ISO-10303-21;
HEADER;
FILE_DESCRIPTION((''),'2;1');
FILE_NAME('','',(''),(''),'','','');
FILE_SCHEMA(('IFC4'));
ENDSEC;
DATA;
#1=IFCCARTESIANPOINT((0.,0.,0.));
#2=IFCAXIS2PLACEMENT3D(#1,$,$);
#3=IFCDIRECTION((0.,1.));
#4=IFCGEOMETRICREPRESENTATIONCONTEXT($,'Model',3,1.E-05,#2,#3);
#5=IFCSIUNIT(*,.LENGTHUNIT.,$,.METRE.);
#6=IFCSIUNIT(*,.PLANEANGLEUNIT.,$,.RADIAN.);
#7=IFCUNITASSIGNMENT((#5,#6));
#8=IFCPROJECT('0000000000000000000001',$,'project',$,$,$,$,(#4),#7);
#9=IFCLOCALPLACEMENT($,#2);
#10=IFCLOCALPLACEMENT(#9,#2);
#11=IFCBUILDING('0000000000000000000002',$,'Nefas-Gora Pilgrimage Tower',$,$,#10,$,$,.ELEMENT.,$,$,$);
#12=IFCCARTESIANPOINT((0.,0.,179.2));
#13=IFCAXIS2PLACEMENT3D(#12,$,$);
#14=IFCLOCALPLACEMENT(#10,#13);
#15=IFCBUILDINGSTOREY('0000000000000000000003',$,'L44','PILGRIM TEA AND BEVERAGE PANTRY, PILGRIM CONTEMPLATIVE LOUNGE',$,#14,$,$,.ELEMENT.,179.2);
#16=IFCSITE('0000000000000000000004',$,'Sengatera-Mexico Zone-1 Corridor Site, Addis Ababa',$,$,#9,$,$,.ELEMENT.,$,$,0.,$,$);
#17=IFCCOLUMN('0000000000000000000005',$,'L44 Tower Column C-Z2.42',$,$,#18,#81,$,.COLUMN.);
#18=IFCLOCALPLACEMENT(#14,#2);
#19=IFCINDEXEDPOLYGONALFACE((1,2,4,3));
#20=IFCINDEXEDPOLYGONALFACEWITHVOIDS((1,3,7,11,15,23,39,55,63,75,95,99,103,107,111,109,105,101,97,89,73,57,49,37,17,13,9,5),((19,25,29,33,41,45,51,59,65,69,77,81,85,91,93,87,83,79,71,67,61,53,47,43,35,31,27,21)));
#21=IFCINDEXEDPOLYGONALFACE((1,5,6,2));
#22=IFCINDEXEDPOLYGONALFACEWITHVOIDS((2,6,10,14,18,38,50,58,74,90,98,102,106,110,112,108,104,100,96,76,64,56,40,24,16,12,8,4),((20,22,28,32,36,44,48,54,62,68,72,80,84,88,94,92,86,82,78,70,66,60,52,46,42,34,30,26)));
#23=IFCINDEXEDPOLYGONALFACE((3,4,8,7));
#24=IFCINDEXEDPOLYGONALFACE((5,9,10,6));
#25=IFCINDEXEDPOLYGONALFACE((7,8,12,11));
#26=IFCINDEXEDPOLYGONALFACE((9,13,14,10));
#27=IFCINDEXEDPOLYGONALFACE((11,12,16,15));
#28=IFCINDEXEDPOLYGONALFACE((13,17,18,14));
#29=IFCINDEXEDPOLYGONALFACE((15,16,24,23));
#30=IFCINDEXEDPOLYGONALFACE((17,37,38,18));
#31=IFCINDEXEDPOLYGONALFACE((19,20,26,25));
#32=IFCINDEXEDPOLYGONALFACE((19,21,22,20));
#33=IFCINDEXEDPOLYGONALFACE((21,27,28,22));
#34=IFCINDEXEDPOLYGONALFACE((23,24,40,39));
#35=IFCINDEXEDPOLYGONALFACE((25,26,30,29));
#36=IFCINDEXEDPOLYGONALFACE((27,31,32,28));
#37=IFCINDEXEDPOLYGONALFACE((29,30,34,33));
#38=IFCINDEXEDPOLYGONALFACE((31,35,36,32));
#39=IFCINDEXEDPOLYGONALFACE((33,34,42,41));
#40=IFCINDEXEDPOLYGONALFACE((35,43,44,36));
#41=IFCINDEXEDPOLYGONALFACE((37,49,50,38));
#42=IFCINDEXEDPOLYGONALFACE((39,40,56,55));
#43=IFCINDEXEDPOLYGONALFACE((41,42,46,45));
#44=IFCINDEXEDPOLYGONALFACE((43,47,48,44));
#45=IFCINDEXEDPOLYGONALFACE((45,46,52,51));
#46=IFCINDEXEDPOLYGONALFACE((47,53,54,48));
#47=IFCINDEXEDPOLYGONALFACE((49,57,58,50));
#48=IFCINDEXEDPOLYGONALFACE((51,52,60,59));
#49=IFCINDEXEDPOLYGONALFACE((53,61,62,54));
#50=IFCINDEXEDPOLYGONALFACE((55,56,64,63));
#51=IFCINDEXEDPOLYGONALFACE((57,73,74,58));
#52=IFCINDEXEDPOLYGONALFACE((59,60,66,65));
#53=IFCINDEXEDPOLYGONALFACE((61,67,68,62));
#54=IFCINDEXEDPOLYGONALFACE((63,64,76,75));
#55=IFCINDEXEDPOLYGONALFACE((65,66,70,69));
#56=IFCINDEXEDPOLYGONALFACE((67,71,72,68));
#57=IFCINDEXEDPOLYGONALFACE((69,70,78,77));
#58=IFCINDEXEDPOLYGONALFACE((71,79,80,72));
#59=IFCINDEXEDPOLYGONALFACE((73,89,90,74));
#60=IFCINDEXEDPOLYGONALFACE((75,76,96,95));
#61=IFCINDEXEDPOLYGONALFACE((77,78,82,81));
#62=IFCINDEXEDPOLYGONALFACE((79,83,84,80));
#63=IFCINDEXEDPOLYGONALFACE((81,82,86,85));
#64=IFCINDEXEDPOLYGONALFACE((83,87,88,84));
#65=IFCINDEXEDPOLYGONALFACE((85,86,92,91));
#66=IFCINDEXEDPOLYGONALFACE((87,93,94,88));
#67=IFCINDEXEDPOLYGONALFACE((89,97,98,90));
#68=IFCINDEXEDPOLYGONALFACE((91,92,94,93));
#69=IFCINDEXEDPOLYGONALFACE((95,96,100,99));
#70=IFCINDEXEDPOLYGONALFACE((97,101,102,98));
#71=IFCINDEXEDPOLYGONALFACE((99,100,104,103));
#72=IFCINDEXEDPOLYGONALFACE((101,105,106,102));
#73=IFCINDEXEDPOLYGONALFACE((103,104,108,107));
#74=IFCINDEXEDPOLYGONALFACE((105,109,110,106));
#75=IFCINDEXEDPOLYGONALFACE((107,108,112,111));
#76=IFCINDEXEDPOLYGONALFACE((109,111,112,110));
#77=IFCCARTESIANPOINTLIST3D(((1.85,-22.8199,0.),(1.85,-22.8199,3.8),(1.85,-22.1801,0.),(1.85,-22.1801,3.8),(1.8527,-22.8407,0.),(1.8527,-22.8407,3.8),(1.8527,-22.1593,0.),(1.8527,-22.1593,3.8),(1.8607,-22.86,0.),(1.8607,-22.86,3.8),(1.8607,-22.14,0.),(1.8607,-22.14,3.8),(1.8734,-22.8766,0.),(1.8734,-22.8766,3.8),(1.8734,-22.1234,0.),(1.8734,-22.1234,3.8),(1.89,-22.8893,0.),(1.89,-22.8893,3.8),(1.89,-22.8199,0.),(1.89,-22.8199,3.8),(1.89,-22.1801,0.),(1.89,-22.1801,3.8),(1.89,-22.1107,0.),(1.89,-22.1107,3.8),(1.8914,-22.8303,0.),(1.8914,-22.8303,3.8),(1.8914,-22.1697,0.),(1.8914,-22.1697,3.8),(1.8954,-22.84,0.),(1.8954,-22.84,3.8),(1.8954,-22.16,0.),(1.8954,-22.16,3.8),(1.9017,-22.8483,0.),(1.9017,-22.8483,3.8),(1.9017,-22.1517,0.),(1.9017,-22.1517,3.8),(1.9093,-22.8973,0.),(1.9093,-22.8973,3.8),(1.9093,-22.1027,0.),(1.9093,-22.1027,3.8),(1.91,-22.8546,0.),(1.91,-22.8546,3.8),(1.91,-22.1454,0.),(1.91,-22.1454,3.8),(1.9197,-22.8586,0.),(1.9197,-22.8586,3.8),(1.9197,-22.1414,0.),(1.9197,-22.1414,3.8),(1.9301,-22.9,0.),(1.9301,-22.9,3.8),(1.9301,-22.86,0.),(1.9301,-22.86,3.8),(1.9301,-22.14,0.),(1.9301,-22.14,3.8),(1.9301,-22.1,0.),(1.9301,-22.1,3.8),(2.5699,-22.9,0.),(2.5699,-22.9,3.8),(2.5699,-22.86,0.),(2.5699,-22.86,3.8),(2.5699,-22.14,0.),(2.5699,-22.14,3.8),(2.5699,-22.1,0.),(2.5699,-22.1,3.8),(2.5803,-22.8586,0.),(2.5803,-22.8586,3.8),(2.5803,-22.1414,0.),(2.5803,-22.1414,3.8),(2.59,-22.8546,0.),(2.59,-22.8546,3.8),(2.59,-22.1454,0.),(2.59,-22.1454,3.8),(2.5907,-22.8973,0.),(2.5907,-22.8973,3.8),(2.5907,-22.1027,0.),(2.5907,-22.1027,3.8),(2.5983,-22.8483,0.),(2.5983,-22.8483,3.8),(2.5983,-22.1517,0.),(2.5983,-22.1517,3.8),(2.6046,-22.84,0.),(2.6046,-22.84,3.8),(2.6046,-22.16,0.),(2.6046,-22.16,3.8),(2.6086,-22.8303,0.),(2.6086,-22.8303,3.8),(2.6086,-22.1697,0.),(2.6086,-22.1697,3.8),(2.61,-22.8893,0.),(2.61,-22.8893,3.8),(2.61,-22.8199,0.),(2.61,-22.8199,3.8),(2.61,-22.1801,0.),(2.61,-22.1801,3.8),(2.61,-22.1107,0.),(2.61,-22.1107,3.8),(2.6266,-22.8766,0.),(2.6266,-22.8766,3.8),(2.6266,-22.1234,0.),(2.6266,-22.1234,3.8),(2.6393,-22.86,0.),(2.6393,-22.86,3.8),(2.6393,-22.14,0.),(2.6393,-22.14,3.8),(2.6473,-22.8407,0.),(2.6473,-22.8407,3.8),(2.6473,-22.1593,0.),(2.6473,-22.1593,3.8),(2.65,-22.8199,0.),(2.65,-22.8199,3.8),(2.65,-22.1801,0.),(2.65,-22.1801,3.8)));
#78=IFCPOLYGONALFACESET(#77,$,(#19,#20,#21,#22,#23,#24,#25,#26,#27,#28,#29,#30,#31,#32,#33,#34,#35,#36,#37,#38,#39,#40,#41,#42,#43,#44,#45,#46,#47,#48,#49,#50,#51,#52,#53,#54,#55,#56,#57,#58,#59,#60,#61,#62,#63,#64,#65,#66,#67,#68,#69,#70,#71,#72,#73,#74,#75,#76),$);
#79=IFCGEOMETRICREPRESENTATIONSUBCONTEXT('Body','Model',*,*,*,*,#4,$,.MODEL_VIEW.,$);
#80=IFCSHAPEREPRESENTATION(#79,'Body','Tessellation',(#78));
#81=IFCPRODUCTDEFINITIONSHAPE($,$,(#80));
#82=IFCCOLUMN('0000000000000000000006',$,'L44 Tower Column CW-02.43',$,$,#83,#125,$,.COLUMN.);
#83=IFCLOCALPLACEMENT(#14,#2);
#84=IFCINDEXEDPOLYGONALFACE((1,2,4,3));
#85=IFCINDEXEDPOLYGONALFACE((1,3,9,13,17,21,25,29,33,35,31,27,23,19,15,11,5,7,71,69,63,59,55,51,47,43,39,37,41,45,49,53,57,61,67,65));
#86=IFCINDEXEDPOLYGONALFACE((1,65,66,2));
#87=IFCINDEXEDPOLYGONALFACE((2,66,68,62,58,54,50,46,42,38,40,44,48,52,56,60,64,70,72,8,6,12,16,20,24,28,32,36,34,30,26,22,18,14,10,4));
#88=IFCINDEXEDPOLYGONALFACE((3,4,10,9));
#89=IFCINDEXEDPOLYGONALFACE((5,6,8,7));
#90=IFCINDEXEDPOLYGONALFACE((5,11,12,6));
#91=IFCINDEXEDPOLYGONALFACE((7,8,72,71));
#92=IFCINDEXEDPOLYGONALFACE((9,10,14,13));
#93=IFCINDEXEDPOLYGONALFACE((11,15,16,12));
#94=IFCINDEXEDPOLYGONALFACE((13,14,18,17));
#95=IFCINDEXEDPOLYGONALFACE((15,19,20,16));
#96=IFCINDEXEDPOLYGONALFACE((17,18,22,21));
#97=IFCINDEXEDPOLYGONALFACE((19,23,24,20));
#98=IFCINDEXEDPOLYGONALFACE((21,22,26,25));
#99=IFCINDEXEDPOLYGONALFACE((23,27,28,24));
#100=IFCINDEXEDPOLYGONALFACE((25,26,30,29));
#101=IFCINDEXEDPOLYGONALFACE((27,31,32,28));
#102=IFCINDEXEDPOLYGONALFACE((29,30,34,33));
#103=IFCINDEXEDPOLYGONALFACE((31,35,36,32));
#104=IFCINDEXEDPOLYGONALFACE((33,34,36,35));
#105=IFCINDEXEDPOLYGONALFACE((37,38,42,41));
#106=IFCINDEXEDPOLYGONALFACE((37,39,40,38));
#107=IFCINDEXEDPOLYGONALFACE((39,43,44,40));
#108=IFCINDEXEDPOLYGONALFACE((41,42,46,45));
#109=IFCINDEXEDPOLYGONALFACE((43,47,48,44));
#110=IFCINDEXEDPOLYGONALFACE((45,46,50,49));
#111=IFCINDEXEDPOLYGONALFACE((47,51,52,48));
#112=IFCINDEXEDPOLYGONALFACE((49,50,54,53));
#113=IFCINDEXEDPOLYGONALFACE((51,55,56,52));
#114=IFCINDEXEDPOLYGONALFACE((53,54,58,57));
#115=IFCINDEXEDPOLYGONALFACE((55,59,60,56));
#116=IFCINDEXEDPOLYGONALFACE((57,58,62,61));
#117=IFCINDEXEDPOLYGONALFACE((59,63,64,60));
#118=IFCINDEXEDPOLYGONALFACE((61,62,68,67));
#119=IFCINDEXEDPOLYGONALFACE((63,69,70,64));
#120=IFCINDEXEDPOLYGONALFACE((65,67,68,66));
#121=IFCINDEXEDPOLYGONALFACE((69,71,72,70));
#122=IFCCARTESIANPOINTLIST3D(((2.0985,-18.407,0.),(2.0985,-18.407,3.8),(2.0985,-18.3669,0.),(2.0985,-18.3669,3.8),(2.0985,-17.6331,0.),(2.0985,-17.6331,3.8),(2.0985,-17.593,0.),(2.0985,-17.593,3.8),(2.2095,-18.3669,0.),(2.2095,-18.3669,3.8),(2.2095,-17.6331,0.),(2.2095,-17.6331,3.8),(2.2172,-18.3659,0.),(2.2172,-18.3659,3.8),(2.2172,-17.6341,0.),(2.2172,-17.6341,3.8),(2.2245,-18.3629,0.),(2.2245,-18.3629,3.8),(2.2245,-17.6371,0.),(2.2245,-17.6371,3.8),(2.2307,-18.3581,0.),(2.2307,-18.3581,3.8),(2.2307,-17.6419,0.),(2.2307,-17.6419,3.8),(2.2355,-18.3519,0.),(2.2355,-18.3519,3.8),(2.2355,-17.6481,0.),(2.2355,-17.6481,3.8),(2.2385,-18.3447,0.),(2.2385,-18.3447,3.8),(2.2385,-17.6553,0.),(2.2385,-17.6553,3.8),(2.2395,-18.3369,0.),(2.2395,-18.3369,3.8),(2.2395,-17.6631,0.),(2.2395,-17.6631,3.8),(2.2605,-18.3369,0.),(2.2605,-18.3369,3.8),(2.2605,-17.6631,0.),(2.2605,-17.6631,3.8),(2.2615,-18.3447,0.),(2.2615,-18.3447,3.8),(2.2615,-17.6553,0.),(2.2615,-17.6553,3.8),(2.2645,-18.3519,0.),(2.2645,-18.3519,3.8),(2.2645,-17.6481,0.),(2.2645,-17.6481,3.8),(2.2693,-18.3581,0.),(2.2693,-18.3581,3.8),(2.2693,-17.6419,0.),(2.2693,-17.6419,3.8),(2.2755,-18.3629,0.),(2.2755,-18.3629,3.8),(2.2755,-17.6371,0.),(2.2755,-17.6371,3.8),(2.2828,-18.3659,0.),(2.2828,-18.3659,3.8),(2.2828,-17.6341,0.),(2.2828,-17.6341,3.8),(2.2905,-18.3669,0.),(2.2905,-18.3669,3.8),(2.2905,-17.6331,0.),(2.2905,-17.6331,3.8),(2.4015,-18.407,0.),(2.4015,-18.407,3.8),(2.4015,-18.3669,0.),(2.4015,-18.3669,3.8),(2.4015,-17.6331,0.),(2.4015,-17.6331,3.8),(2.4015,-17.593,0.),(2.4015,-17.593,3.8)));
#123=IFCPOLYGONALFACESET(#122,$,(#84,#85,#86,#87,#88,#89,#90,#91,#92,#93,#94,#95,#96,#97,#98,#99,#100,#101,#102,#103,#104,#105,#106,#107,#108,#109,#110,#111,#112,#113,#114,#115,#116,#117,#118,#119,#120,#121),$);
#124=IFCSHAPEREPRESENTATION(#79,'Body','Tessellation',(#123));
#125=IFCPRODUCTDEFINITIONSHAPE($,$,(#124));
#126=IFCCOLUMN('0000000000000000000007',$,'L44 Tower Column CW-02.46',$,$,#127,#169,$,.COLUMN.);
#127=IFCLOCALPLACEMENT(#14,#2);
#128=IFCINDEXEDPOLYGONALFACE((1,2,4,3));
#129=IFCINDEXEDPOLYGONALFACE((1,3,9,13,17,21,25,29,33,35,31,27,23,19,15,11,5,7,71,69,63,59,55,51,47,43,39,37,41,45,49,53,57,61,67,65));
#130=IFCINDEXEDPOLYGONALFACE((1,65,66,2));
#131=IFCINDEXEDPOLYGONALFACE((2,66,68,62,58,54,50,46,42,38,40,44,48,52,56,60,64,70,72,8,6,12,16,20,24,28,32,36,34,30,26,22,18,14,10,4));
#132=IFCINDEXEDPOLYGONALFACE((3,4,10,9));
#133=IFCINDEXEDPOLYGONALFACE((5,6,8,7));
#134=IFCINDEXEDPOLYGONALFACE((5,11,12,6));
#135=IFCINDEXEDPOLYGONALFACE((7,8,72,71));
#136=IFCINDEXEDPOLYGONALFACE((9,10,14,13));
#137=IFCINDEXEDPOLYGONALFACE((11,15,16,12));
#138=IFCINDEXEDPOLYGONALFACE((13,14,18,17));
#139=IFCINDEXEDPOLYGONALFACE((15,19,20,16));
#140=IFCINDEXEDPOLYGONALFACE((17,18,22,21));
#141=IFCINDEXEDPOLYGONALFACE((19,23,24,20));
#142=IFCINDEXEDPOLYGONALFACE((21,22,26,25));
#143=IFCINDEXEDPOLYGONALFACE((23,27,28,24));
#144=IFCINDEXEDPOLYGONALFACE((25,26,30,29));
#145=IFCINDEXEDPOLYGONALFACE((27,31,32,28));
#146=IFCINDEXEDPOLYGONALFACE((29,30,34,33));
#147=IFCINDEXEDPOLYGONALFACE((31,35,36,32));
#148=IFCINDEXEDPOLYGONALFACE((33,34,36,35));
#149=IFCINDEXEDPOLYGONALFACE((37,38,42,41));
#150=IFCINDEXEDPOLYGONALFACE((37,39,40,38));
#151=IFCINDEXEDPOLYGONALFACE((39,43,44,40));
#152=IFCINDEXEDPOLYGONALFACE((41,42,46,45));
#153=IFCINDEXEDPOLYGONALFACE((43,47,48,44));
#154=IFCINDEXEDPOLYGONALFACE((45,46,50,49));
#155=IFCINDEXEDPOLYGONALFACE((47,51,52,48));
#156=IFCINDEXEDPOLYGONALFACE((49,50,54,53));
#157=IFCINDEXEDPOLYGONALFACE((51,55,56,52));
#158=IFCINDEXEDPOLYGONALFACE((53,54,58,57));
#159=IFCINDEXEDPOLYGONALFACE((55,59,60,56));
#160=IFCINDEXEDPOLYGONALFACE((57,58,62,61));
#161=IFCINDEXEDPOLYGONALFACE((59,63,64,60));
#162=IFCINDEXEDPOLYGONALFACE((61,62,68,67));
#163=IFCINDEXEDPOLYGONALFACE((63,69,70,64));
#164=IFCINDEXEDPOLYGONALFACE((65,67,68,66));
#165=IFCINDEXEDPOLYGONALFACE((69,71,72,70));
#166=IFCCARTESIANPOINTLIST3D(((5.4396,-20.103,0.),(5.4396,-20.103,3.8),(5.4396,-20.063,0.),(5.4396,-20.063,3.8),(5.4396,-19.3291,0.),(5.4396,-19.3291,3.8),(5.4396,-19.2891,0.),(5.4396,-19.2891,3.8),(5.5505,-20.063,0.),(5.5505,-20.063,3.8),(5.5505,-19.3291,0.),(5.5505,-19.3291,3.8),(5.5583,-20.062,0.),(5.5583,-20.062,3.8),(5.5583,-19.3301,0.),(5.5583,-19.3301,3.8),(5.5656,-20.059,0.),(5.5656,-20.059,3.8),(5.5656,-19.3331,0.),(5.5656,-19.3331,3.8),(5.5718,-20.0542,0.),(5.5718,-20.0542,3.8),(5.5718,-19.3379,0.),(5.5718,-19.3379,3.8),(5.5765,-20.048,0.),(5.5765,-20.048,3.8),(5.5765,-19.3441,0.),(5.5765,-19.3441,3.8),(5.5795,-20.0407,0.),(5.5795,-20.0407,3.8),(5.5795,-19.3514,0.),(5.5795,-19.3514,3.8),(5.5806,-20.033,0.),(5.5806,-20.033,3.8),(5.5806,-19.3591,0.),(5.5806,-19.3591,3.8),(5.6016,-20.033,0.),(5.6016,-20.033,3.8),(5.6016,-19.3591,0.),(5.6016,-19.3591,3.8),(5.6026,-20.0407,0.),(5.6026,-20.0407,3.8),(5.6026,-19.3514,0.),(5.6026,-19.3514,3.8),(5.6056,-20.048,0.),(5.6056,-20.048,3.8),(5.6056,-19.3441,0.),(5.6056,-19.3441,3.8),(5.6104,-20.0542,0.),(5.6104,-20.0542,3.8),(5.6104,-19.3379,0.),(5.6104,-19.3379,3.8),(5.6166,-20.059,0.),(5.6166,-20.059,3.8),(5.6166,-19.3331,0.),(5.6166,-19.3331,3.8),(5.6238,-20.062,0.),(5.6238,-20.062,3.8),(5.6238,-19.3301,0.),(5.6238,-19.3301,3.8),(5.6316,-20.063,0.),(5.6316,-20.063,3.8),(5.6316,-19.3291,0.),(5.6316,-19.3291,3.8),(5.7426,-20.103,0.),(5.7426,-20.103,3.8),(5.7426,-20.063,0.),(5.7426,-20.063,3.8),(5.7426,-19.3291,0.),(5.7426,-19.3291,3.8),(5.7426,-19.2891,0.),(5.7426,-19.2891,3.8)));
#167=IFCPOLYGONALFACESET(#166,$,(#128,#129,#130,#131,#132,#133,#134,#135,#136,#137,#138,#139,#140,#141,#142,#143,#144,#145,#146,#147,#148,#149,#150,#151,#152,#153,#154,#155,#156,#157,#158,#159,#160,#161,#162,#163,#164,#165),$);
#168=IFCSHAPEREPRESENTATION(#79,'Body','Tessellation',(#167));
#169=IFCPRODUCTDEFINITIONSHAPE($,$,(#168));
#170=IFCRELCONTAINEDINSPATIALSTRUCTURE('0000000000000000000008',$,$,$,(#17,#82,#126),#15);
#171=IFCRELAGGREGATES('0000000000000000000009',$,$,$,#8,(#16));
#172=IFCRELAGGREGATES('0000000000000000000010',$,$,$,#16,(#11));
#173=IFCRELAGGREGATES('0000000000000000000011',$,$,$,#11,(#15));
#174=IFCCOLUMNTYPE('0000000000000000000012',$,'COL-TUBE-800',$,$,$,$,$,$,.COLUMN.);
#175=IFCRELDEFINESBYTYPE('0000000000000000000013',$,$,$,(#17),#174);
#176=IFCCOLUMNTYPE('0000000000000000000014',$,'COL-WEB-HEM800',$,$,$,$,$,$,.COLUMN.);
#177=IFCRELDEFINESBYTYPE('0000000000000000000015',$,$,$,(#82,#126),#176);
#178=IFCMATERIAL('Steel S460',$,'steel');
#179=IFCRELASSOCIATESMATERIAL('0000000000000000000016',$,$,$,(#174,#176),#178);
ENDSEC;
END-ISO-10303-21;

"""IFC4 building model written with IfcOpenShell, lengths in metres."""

from ifc_helpers import new_model, si_unit, direction, frame, origin, origin_2d, place, context, subcontext, project, spatial, hollow_rectangle, i_section, extrude, source, transform, mapped, material, material_profile, profile_set, type_object, element, save


model = new_model("IFC4")

# Units and contexts
model_context = context("Model", 3, precision=1e-05, world=origin(), true_north=direction((0.0, 1.0)))
body_context = subcontext(model_context, "Body", "Model", "MODEL_VIEW")
ifc_project = project(units=[si_unit("LENGTHUNIT", "METRE"), si_unit("PLANEANGLEUNIT", "RADIAN")], contexts=[model_context])

# Site, building, storey
site_placement = place(None, origin())
site = spatial("IfcSite", under=ifc_project, at=site_placement, Name="Sengatera-Mexico Zone-1 Corridor Site, Addis Ababa", CompositionType="ELEMENT", RefElevation=0.0)
building_placement = place(site_placement, origin())
building = spatial("IfcBuilding", under=site, at=building_placement, Name="Nefas-Gora Pilgrimage Tower", CompositionType="ELEMENT")
storey_placement = place(building_placement, frame((0.0, 0.0, 179.2)))
storey = spatial("IfcBuildingStorey", under=building, at=storey_placement, Name="L44", Description="PILGRIM TEA AND BEVERAGE PANTRY, PILGRIM CONTEMPLATIVE LOUNGE", CompositionType="ELEMENT", Elevation=179.2)

# Columns
ifc_material_1 = material(Name="Steel S460", Category="steel")
ifc_material_profile_1 = material_profile(ifc_material_1, hollow_rectangle(XDim=0.8, YDim=0.8, WallThickness=0.04, InnerFilletRadius=0.04, OuterFilletRadius=0.0801, at=origin_2d()), Name="BOX 800x800x40")
ifc_profile_set_1 = profile_set([ifc_material_profile_1], Name="Steel S460")
column_type_1 = type_object("IfcColumnType", Name="COL-TUBE-800", PredefinedType="COLUMN", material=ifc_profile_set_1)
shared_shape_1 = source(origin(), body_context, "Body", "SweptSolid", [
    extrude(hollow_rectangle(XDim=0.8, YDim=0.8, WallThickness=0.04, InnerFilletRadius=0.04, OuterFilletRadius=0.0801, at=origin_2d()), origin(), (0.0, 0.0, 1.0), 3.8),
])
column_placement = place(storey_placement, frame((2.25, -22.5, 0.0), z_axis=(0.0, 0.0, 1.0), x_axis=(1.0, 0.0, 0.0)))
element("IfcColumn", 1, at=column_placement, inside=storey, type_object=column_type_1, Name="L44 Tower Column C-Z2.42", PredefinedType="COLUMN", context=body_context, shape_type="MappedRepresentation", body=[
    mapped(shared_shape_1, transform((0.0, 0.0, 0.0), x_axis=(1.0, 0.0, 0.0), y_axis=(0.0, 1.0, 0.0), z_axis=(0.0, 0.0, 1.0), scale=1.0)),
])
ifc_material_profile_2 = material_profile(ifc_material_1, i_section(OverallWidth=0.303, OverallDepth=0.814, WebThickness=0.021, FlangeThickness=0.04, FilletRadius=0.03, at=origin_2d()), Name="HEM 800")
ifc_profile_set_2 = profile_set([ifc_material_profile_2], Name="Steel S460")
column_type_2 = type_object("IfcColumnType", Name="COL-WEB-HEM800", PredefinedType="COLUMN", material=ifc_profile_set_2)
shared_shape_2 = source(origin(), body_context, "Body", "SweptSolid", [
    extrude(i_section(OverallWidth=0.303, OverallDepth=0.814, WebThickness=0.021, FlangeThickness=0.04, FilletRadius=0.03, at=origin_2d()), origin(), (0.0, 0.0, 1.0), 3.8),
])
for number, where, z_axis, x_axis, name in (
    (2, (2.25, -18.0, 0.0), (0.0, 0.0, 1.0), (1.0, 0.0, 0.0), "L44 Tower Column CW-02.43"),
    (3, (5.5911, -19.696, 0.0), (0.0, 0.0, 1.0), (1.0, 0.0, 0.0), "L44 Tower Column CW-02.46"),
):
    element("IfcColumn", number, at=place(storey_placement, frame(where, z_axis=z_axis, x_axis=x_axis)), inside=storey, type_object=column_type_2, Name=name, PredefinedType="COLUMN", context=body_context, shape_type="MappedRepresentation", body=[
        mapped(shared_shape_2, transform((0.0, 0.0, 0.0), x_axis=(1.0, 0.0, 0.0), y_axis=(0.0, 1.0, 0.0), z_axis=(0.0, 0.0, 1.0), scale=1.0)),
    ])

save(model, "model.ifc")
